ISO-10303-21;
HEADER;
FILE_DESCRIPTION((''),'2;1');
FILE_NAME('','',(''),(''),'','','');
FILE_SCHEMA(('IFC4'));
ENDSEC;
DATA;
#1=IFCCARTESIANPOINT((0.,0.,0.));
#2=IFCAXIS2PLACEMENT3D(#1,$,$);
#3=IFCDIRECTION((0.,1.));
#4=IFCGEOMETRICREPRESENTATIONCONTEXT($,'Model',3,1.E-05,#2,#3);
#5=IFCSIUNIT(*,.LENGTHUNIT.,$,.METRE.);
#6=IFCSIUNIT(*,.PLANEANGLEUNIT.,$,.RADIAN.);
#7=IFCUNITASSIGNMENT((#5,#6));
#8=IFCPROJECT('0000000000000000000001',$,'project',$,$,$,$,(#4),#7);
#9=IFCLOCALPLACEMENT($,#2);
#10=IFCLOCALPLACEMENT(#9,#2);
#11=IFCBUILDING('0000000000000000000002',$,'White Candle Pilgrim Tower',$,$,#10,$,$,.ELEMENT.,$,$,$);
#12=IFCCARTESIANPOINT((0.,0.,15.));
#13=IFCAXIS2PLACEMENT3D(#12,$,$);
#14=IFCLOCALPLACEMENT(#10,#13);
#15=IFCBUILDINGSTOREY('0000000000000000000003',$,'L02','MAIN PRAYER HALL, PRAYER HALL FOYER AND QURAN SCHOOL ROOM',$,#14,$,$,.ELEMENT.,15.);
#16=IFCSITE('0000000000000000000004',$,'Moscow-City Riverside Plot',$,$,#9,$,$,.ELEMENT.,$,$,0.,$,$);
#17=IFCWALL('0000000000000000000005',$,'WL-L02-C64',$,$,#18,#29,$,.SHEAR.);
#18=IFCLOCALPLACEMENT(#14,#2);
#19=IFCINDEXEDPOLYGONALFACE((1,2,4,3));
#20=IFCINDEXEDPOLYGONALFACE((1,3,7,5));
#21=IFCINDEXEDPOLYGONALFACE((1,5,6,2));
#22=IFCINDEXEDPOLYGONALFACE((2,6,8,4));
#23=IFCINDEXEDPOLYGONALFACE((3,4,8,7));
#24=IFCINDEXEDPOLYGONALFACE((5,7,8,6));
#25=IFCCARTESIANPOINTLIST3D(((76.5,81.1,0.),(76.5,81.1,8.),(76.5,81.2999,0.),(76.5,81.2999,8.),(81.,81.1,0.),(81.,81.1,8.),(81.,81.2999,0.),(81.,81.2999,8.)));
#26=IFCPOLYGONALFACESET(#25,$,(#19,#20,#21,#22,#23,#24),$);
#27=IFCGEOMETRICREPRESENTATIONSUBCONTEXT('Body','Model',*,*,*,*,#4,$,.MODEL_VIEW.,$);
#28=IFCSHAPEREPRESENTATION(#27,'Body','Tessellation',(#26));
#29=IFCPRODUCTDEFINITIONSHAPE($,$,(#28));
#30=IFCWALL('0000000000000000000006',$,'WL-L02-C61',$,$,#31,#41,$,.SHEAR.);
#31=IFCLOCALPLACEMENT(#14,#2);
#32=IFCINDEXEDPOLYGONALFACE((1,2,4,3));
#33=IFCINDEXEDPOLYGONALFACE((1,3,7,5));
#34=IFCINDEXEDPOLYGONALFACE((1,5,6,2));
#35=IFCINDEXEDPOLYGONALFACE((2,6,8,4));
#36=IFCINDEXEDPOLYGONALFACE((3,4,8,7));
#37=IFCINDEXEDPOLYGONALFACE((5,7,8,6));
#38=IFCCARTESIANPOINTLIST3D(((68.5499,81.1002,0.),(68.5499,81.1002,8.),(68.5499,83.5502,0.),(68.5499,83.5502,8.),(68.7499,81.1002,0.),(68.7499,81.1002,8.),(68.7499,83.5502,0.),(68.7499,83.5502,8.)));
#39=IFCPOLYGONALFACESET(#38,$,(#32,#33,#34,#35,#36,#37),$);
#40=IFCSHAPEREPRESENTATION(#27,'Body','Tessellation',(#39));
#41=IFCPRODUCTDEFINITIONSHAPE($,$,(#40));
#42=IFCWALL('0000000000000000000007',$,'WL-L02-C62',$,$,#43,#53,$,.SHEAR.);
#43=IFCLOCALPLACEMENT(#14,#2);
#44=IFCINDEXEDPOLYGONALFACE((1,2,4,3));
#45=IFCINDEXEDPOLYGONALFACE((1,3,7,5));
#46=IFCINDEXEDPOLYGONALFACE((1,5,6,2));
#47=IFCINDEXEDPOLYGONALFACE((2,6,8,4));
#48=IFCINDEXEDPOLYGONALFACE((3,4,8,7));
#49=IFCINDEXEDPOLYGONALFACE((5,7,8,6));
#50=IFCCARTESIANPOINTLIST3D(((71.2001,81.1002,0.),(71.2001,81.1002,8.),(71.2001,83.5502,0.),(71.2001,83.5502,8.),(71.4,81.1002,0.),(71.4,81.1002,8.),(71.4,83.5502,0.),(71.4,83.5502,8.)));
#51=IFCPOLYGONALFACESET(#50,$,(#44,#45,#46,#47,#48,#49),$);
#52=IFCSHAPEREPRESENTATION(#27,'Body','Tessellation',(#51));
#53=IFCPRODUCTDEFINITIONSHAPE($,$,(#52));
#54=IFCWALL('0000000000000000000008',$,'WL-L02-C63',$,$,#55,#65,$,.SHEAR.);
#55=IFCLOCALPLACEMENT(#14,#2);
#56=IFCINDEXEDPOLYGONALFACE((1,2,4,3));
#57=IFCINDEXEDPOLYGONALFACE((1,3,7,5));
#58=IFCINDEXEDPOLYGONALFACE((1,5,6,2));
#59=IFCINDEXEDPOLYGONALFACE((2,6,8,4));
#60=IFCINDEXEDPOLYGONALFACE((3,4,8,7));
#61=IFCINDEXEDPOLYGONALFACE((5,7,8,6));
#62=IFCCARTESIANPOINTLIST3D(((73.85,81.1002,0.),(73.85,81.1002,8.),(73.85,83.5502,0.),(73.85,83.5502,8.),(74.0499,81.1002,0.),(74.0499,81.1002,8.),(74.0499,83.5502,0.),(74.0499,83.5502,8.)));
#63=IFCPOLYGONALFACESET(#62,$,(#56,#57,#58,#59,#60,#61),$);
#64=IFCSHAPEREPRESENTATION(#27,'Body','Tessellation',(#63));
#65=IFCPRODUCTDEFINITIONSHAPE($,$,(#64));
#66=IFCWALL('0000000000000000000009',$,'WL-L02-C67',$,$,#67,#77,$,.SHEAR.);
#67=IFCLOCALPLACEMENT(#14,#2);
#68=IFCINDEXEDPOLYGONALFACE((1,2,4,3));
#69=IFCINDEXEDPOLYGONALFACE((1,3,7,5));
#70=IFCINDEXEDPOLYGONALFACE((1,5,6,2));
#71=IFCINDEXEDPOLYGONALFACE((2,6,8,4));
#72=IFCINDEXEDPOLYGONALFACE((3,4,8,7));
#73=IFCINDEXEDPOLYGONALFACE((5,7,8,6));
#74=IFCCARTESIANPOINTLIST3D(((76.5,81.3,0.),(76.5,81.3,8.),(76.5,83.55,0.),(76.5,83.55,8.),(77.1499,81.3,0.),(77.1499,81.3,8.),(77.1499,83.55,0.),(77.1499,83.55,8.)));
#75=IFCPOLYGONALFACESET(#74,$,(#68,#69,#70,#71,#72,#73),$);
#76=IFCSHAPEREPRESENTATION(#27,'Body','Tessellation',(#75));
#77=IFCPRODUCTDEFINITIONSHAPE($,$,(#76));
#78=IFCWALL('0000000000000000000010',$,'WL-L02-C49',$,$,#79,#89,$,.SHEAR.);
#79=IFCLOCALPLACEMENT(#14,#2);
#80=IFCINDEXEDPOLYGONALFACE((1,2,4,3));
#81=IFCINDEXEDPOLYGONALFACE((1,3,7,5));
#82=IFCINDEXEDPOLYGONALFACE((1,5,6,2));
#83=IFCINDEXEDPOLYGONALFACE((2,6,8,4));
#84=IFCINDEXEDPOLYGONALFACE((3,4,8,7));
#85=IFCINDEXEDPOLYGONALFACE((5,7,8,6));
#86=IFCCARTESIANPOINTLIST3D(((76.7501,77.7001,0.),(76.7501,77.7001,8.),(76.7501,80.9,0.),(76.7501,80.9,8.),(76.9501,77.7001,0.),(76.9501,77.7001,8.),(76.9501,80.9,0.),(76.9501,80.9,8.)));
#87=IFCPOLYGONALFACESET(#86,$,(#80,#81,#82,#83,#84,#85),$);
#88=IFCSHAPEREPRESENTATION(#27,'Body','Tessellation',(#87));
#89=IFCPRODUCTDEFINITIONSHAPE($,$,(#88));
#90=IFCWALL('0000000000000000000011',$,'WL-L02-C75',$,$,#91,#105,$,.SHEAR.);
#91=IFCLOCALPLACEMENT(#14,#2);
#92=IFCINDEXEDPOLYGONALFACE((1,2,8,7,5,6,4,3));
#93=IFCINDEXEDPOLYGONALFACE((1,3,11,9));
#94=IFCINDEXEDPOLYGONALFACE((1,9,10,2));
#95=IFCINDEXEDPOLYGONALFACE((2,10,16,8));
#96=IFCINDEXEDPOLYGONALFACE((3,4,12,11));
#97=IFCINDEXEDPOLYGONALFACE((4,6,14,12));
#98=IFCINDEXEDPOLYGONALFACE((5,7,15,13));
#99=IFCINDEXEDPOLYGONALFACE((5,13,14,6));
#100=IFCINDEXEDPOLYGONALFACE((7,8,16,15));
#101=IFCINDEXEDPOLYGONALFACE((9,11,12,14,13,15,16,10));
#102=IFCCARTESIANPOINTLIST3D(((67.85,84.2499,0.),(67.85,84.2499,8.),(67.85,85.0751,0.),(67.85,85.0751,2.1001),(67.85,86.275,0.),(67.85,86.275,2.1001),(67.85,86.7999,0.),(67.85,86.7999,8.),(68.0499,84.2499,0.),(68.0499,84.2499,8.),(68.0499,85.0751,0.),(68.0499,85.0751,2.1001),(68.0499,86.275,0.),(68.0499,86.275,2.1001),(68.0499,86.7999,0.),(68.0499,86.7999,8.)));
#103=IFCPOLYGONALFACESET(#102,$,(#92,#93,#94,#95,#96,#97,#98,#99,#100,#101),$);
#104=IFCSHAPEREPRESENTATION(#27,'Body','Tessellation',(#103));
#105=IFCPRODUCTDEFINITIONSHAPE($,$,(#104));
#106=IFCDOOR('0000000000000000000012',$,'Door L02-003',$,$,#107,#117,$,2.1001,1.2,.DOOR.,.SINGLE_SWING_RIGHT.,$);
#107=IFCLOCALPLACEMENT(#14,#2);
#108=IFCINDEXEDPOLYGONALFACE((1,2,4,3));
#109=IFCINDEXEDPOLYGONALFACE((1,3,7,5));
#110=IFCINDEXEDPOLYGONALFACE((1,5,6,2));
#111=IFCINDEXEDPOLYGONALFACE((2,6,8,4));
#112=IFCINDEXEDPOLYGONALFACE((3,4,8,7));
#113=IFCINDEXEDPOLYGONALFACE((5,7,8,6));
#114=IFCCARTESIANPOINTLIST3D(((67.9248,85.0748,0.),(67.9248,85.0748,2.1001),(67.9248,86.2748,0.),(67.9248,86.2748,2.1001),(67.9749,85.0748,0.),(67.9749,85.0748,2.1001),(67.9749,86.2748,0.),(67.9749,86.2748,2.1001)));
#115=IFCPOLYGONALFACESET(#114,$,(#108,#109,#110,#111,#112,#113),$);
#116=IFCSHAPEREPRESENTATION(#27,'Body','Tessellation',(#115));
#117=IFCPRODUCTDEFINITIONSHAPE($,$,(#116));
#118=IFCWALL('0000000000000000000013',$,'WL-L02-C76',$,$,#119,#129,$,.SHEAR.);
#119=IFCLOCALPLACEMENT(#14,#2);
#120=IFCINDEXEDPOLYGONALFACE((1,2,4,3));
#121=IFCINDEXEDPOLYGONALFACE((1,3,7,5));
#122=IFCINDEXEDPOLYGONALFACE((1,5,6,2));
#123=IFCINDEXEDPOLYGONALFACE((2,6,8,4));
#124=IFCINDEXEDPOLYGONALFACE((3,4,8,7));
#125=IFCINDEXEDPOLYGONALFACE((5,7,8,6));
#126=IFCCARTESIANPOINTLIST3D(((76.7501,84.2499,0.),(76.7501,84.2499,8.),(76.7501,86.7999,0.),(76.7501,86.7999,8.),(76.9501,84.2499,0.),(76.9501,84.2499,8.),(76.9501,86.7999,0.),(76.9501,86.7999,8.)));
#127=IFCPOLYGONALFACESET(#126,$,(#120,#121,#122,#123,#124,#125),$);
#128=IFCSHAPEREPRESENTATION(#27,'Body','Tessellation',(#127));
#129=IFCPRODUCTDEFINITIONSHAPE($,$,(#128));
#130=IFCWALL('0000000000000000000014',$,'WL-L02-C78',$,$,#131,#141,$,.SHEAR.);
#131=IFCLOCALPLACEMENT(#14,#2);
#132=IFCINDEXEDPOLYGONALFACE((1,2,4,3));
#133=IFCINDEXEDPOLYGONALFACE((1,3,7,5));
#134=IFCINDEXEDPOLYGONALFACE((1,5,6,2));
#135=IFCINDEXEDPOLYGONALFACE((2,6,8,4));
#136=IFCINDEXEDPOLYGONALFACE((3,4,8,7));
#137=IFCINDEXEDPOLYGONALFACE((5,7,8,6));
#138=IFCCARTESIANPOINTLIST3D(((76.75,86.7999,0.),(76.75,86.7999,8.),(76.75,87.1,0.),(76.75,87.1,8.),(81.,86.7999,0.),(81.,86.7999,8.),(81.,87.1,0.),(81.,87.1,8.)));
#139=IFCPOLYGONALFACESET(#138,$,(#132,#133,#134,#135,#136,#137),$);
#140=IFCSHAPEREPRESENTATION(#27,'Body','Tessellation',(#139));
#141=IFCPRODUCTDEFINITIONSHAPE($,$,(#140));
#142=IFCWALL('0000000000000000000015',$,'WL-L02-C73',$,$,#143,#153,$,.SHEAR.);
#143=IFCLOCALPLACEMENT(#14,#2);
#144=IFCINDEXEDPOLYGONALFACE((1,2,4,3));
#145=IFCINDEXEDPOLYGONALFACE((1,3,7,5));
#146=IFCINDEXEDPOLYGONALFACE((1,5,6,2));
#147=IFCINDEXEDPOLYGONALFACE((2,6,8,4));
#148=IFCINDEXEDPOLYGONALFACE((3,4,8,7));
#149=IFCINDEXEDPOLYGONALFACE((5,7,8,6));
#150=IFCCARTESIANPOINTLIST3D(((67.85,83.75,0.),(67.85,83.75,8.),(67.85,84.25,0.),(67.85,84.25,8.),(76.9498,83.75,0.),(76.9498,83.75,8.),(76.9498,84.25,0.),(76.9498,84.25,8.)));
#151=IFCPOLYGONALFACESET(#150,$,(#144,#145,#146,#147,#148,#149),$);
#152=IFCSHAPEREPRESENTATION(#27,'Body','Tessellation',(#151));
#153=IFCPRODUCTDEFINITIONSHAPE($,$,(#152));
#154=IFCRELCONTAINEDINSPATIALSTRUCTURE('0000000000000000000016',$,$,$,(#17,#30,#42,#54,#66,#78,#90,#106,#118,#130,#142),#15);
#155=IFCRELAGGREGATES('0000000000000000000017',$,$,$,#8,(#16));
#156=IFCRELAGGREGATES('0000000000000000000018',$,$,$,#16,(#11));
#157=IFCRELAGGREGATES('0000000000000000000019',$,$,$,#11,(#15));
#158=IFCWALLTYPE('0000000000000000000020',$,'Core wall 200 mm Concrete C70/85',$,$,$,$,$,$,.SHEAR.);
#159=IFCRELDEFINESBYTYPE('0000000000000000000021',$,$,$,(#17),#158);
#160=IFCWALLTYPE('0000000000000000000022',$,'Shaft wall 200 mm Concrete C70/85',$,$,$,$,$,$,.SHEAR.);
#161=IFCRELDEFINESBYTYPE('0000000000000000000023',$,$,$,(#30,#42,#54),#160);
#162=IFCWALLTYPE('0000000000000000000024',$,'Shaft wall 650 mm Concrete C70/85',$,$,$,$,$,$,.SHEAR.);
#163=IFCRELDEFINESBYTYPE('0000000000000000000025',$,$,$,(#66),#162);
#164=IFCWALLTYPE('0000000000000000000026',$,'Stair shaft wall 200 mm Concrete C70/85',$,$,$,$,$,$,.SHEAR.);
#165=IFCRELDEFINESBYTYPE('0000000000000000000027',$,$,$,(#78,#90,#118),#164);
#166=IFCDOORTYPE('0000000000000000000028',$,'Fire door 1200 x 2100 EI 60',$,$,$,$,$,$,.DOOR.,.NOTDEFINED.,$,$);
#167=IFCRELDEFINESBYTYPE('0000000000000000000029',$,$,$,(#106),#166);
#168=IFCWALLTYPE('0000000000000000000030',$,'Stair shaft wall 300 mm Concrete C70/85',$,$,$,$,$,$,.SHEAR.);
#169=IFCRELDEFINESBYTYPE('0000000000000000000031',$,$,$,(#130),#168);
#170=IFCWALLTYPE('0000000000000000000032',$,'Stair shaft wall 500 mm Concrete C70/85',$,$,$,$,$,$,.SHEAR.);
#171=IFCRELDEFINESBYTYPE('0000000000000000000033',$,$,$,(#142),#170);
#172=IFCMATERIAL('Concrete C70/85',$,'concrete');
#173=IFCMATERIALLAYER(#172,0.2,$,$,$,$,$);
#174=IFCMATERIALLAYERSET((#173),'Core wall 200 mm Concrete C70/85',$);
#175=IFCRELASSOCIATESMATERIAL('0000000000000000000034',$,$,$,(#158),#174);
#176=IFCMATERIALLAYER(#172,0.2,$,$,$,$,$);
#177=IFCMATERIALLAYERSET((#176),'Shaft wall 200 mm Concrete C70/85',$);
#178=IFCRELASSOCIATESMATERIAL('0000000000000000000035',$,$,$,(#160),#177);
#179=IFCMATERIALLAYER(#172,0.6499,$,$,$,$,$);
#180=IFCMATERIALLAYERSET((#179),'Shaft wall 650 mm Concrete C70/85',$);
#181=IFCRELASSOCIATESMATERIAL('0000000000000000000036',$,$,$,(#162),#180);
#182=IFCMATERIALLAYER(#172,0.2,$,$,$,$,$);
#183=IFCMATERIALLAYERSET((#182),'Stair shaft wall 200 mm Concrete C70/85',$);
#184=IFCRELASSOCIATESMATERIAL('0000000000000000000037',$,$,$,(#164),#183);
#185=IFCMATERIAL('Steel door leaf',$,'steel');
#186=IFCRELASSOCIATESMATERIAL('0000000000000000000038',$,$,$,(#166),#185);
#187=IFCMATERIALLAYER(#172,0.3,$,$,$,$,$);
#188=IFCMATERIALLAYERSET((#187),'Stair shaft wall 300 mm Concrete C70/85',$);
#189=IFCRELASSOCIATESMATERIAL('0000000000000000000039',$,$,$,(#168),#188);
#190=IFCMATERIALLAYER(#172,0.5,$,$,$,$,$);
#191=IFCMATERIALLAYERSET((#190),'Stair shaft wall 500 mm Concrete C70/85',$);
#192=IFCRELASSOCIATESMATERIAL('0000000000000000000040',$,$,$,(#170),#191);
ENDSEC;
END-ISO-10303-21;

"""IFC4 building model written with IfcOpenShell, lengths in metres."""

from ifc_helpers import new_model, si_unit, direction, frame, frame_2d, origin, place, context, subcontext, project, spatial, rectangle, extrude, material, layer, layer_set, type_object, element, fill, save


model = new_model("IFC4")

# Units and contexts
model_context = context("Model", 3, precision=1e-05, world=origin(), true_north=direction((0.0, 1.0)))
body_context = subcontext(model_context, "Body", "Model", "MODEL_VIEW")
ifc_project = project(units=[si_unit("LENGTHUNIT", "METRE"), si_unit("PLANEANGLEUNIT", "RADIAN")], contexts=[model_context])

# Site, building, storey
site_placement = place(None, origin())
site = spatial("IfcSite", under=ifc_project, at=site_placement, Name="Moscow-City Riverside Plot", CompositionType="ELEMENT", RefElevation=0.0)
building_placement = place(site_placement, origin())
building = spatial("IfcBuilding", under=site, at=building_placement, Name="White Candle Pilgrim Tower", CompositionType="ELEMENT")
storey_placement = place(building_placement, frame((0.0, 0.0, 15.0)))
storey = spatial("IfcBuildingStorey", under=building, at=storey_placement, Name="L02", Description="MAIN PRAYER HALL, PRAYER HALL FOYER AND QURAN SCHOOL ROOM", CompositionType="ELEMENT", Elevation=15.0)

# Walls
ifc_material_1 = material(Name="Concrete C70/85", Category="concrete")
ifc_layer_1 = layer(ifc_material_1, 0.2)
ifc_layer_set_1 = layer_set([ifc_layer_1], Name="Core wall 200 mm Concrete C70/85")
wall_type_1 = type_object("IfcWallType", Name="Core wall 200 mm Concrete C70/85", PredefinedType="SHEAR", material=ifc_layer_set_1)
wall_1_placement = place(storey_placement, frame((76.5, 81.2, 0.0), z_axis=(0.0, 0.0, 1.0), x_axis=(1.0, 0.0, 0.0)))
element("IfcWall", 1, at=wall_1_placement, inside=storey, type_object=wall_type_1, Name="WL-L02-C64", PredefinedType="SHEAR", context=body_context, shape_type="SweptSolid", body=[
    extrude(rectangle(XDim=4.5, YDim=0.2, at=frame_2d((2.25, 0.0))), origin(), (0.0, 0.0, 1.0), 8.0),
])
ifc_layer_2 = layer(ifc_material_1, 0.2)
ifc_layer_set_2 = layer_set([ifc_layer_2], Name="Shaft wall 200 mm Concrete C70/85")
wall_type_2 = type_object("IfcWallType", Name="Shaft wall 200 mm Concrete C70/85", PredefinedType="SHEAR", material=ifc_layer_set_2)
for number, where, z_axis, x_axis, name in (
    (2, (68.6499, 81.1001, 0.0), (0.0, 0.0, 1.0), (0.0, 1.0, 0.0), "WL-L02-C61"),
    (3, (71.3, 81.1001, 0.0), (0.0, 0.0, 1.0), (0.0, 1.0, 0.0), "WL-L02-C62"),
    (4, (73.95, 81.1001, 0.0), (0.0, 0.0, 1.0), (0.0, 1.0, 0.0), "WL-L02-C63"),
):
    element("IfcWall", number, at=place(storey_placement, frame(where, z_axis=z_axis, x_axis=x_axis)), inside=storey, type_object=wall_type_2, Name=name, PredefinedType="SHEAR", context=body_context, shape_type="SweptSolid", body=[
        extrude(rectangle(XDim=2.45, YDim=0.2, at=frame_2d((1.2251, 0.0))), origin(), (0.0, 0.0, 1.0), 8.0),
    ])
ifc_layer_3 = layer(ifc_material_1, 0.6499)
ifc_layer_set_3 = layer_set([ifc_layer_3], Name="Shaft wall 650 mm Concrete C70/85")
wall_type_3 = type_object("IfcWallType", Name="Shaft wall 650 mm Concrete C70/85", PredefinedType="SHEAR", material=ifc_layer_set_3)
wall_2_placement = place(storey_placement, frame((76.825, 81.3, 0.0), z_axis=(0.0, 0.0, 1.0), x_axis=(0.0, 1.0, 0.0)))
element("IfcWall", 5, at=wall_2_placement, inside=storey, type_object=wall_type_3, Name="WL-L02-C67", PredefinedType="SHEAR", context=body_context, shape_type="SweptSolid", body=[
    extrude(rectangle(XDim=2.25, YDim=0.6499, at=frame_2d((1.125, 0.0))), origin(), (0.0, 0.0, 1.0), 8.0),
])
ifc_layer_4 = layer(ifc_material_1, 0.2)
ifc_layer_set_4 = layer_set([ifc_layer_4], Name="Stair shaft wall 200 mm Concrete C70/85")
wall_type_4 = type_object("IfcWallType", Name="Stair shaft wall 200 mm Concrete C70/85", PredefinedType="SHEAR", material=ifc_layer_set_4)
wall_3_placement = place(storey_placement, frame((76.8501, 77.7, 0.0), z_axis=(0.0, 0.0, 1.0), x_axis=(0.0, 1.0, 0.0)))
element("IfcWall", 6, at=wall_3_placement, inside=storey, type_object=wall_type_4, Name="WL-L02-C49", PredefinedType="SHEAR", context=body_context, shape_type="SweptSolid", body=[
    extrude(rectangle(XDim=3.2, YDim=0.2, at=frame_2d((1.6001, 0.0))), origin(), (0.0, 0.0, 1.0), 8.0),
])

# Wall, opening, door
wall_4_placement = place(storey_placement, frame((67.95, 84.25, 0.0), z_axis=(0.0, 0.0, 1.0), x_axis=(0.0, 1.0, 0.0)))
wall_4 = element("IfcWall", 7, at=wall_4_placement, inside=storey, type_object=wall_type_4, Name="WL-L02-C75", PredefinedType="SHEAR", context=body_context, shape_type="SweptSolid", body=[
    extrude(rectangle(XDim=2.55, YDim=0.2, at=frame_2d((1.2749, 0.0))), origin(), (0.0, 0.0, 1.0), 8.0),
])
opening_placement = place(wall_4_placement, frame((0.825, 0.0, 0.0)))
opening = element("IfcOpeningElement", 8, at=opening_placement, cuts=wall_4, PredefinedType="OPENING", context=body_context, shape_type="SweptSolid", body=[
    extrude(rectangle(XDim=1.2, YDim=2.1001, at=frame_2d((0.6001, 1.05))), frame((0.0, 0.1099, 0.0), z_axis=(0.0, -1.0, 0.0), x_axis=(1.0, 0.0, 0.0)), (0.0, 0.0, 1.0), 0.22),
])
ifc_material_2 = material(Name="Steel door leaf", Category="steel")
door_type = type_object("IfcDoorType", Name="Fire door 1200 x 2100 EI 60", OperationType="NOTDEFINED", PredefinedType="DOOR", material=ifc_material_2)
door_placement = place(opening_placement, frame((1.2, 0.0, 0.0), z_axis=(0.0, 0.0, 1.0), x_axis=(-1.0, 0.0, 0.0)))
door = element("IfcDoor", 9, at=door_placement, inside=storey, type_object=door_type, Name="Door L02-003", OperationType="SINGLE_SWING_RIGHT", OverallHeight=2.1001, OverallWidth=1.2, PredefinedType="DOOR", context=body_context, shape_type="SweptSolid", body=[
    extrude(rectangle(XDim=1.2, YDim=2.1001, at=frame_2d((0.6001, 1.05))), frame((0.0, 0.0249, 0.0), z_axis=(0.0, -1.0, 0.0), x_axis=(1.0, 0.0, 0.0)), (0.0, 0.0, 1.0), 0.05),
])
fill(opening, door)

# Walls
wall_5_placement = place(storey_placement, frame((76.8501, 84.25, 0.0), z_axis=(0.0, 0.0, 1.0), x_axis=(0.0, 1.0, 0.0)))
element("IfcWall", 10, at=wall_5_placement, inside=storey, type_object=wall_type_4, Name="WL-L02-C76", PredefinedType="SHEAR", context=body_context, shape_type="SweptSolid", body=[
    extrude(rectangle(XDim=2.55, YDim=0.2, at=frame_2d((1.2749, 0.0))), origin(), (0.0, 0.0, 1.0), 8.0),
])
ifc_layer_5 = layer(ifc_material_1, 0.3)
ifc_layer_set_5 = layer_set([ifc_layer_5], Name="Stair shaft wall 300 mm Concrete C70/85")
wall_type_5 = type_object("IfcWallType", Name="Stair shaft wall 300 mm Concrete C70/85", PredefinedType="SHEAR", material=ifc_layer_set_5)
wall_6_placement = place(storey_placement, frame((76.75, 86.95, 0.0), z_axis=(0.0, 0.0, 1.0), x_axis=(1.0, 0.0, 0.0)))
element("IfcWall", 11, at=wall_6_placement, inside=storey, type_object=wall_type_5, Name="WL-L02-C78", PredefinedType="SHEAR", context=body_context, shape_type="SweptSolid", body=[
    extrude(rectangle(XDim=4.25, YDim=0.3, at=frame_2d((2.125, 0.0))), origin(), (0.0, 0.0, 1.0), 8.0),
])
ifc_layer_6 = layer(ifc_material_1, 0.5)
ifc_layer_set_6 = layer_set([ifc_layer_6], Name="Stair shaft wall 500 mm Concrete C70/85")
wall_type_6 = type_object("IfcWallType", Name="Stair shaft wall 500 mm Concrete C70/85", PredefinedType="SHEAR", material=ifc_layer_set_6)
wall_7_placement = place(storey_placement, frame((67.8501, 84.0, 0.0), z_axis=(0.0, 0.0, 1.0), x_axis=(1.0, 0.0, 0.0)))
element("IfcWall", 12, at=wall_7_placement, inside=storey, type_object=wall_type_6, Name="WL-L02-C73", PredefinedType="SHEAR", context=body_context, shape_type="SweptSolid", body=[
    extrude(rectangle(XDim=9.0999, YDim=0.5, at=frame_2d((4.5498, 0.0))), origin(), (0.0, 0.0, 1.0), 8.0),
])

save(model, "model.ifc")
